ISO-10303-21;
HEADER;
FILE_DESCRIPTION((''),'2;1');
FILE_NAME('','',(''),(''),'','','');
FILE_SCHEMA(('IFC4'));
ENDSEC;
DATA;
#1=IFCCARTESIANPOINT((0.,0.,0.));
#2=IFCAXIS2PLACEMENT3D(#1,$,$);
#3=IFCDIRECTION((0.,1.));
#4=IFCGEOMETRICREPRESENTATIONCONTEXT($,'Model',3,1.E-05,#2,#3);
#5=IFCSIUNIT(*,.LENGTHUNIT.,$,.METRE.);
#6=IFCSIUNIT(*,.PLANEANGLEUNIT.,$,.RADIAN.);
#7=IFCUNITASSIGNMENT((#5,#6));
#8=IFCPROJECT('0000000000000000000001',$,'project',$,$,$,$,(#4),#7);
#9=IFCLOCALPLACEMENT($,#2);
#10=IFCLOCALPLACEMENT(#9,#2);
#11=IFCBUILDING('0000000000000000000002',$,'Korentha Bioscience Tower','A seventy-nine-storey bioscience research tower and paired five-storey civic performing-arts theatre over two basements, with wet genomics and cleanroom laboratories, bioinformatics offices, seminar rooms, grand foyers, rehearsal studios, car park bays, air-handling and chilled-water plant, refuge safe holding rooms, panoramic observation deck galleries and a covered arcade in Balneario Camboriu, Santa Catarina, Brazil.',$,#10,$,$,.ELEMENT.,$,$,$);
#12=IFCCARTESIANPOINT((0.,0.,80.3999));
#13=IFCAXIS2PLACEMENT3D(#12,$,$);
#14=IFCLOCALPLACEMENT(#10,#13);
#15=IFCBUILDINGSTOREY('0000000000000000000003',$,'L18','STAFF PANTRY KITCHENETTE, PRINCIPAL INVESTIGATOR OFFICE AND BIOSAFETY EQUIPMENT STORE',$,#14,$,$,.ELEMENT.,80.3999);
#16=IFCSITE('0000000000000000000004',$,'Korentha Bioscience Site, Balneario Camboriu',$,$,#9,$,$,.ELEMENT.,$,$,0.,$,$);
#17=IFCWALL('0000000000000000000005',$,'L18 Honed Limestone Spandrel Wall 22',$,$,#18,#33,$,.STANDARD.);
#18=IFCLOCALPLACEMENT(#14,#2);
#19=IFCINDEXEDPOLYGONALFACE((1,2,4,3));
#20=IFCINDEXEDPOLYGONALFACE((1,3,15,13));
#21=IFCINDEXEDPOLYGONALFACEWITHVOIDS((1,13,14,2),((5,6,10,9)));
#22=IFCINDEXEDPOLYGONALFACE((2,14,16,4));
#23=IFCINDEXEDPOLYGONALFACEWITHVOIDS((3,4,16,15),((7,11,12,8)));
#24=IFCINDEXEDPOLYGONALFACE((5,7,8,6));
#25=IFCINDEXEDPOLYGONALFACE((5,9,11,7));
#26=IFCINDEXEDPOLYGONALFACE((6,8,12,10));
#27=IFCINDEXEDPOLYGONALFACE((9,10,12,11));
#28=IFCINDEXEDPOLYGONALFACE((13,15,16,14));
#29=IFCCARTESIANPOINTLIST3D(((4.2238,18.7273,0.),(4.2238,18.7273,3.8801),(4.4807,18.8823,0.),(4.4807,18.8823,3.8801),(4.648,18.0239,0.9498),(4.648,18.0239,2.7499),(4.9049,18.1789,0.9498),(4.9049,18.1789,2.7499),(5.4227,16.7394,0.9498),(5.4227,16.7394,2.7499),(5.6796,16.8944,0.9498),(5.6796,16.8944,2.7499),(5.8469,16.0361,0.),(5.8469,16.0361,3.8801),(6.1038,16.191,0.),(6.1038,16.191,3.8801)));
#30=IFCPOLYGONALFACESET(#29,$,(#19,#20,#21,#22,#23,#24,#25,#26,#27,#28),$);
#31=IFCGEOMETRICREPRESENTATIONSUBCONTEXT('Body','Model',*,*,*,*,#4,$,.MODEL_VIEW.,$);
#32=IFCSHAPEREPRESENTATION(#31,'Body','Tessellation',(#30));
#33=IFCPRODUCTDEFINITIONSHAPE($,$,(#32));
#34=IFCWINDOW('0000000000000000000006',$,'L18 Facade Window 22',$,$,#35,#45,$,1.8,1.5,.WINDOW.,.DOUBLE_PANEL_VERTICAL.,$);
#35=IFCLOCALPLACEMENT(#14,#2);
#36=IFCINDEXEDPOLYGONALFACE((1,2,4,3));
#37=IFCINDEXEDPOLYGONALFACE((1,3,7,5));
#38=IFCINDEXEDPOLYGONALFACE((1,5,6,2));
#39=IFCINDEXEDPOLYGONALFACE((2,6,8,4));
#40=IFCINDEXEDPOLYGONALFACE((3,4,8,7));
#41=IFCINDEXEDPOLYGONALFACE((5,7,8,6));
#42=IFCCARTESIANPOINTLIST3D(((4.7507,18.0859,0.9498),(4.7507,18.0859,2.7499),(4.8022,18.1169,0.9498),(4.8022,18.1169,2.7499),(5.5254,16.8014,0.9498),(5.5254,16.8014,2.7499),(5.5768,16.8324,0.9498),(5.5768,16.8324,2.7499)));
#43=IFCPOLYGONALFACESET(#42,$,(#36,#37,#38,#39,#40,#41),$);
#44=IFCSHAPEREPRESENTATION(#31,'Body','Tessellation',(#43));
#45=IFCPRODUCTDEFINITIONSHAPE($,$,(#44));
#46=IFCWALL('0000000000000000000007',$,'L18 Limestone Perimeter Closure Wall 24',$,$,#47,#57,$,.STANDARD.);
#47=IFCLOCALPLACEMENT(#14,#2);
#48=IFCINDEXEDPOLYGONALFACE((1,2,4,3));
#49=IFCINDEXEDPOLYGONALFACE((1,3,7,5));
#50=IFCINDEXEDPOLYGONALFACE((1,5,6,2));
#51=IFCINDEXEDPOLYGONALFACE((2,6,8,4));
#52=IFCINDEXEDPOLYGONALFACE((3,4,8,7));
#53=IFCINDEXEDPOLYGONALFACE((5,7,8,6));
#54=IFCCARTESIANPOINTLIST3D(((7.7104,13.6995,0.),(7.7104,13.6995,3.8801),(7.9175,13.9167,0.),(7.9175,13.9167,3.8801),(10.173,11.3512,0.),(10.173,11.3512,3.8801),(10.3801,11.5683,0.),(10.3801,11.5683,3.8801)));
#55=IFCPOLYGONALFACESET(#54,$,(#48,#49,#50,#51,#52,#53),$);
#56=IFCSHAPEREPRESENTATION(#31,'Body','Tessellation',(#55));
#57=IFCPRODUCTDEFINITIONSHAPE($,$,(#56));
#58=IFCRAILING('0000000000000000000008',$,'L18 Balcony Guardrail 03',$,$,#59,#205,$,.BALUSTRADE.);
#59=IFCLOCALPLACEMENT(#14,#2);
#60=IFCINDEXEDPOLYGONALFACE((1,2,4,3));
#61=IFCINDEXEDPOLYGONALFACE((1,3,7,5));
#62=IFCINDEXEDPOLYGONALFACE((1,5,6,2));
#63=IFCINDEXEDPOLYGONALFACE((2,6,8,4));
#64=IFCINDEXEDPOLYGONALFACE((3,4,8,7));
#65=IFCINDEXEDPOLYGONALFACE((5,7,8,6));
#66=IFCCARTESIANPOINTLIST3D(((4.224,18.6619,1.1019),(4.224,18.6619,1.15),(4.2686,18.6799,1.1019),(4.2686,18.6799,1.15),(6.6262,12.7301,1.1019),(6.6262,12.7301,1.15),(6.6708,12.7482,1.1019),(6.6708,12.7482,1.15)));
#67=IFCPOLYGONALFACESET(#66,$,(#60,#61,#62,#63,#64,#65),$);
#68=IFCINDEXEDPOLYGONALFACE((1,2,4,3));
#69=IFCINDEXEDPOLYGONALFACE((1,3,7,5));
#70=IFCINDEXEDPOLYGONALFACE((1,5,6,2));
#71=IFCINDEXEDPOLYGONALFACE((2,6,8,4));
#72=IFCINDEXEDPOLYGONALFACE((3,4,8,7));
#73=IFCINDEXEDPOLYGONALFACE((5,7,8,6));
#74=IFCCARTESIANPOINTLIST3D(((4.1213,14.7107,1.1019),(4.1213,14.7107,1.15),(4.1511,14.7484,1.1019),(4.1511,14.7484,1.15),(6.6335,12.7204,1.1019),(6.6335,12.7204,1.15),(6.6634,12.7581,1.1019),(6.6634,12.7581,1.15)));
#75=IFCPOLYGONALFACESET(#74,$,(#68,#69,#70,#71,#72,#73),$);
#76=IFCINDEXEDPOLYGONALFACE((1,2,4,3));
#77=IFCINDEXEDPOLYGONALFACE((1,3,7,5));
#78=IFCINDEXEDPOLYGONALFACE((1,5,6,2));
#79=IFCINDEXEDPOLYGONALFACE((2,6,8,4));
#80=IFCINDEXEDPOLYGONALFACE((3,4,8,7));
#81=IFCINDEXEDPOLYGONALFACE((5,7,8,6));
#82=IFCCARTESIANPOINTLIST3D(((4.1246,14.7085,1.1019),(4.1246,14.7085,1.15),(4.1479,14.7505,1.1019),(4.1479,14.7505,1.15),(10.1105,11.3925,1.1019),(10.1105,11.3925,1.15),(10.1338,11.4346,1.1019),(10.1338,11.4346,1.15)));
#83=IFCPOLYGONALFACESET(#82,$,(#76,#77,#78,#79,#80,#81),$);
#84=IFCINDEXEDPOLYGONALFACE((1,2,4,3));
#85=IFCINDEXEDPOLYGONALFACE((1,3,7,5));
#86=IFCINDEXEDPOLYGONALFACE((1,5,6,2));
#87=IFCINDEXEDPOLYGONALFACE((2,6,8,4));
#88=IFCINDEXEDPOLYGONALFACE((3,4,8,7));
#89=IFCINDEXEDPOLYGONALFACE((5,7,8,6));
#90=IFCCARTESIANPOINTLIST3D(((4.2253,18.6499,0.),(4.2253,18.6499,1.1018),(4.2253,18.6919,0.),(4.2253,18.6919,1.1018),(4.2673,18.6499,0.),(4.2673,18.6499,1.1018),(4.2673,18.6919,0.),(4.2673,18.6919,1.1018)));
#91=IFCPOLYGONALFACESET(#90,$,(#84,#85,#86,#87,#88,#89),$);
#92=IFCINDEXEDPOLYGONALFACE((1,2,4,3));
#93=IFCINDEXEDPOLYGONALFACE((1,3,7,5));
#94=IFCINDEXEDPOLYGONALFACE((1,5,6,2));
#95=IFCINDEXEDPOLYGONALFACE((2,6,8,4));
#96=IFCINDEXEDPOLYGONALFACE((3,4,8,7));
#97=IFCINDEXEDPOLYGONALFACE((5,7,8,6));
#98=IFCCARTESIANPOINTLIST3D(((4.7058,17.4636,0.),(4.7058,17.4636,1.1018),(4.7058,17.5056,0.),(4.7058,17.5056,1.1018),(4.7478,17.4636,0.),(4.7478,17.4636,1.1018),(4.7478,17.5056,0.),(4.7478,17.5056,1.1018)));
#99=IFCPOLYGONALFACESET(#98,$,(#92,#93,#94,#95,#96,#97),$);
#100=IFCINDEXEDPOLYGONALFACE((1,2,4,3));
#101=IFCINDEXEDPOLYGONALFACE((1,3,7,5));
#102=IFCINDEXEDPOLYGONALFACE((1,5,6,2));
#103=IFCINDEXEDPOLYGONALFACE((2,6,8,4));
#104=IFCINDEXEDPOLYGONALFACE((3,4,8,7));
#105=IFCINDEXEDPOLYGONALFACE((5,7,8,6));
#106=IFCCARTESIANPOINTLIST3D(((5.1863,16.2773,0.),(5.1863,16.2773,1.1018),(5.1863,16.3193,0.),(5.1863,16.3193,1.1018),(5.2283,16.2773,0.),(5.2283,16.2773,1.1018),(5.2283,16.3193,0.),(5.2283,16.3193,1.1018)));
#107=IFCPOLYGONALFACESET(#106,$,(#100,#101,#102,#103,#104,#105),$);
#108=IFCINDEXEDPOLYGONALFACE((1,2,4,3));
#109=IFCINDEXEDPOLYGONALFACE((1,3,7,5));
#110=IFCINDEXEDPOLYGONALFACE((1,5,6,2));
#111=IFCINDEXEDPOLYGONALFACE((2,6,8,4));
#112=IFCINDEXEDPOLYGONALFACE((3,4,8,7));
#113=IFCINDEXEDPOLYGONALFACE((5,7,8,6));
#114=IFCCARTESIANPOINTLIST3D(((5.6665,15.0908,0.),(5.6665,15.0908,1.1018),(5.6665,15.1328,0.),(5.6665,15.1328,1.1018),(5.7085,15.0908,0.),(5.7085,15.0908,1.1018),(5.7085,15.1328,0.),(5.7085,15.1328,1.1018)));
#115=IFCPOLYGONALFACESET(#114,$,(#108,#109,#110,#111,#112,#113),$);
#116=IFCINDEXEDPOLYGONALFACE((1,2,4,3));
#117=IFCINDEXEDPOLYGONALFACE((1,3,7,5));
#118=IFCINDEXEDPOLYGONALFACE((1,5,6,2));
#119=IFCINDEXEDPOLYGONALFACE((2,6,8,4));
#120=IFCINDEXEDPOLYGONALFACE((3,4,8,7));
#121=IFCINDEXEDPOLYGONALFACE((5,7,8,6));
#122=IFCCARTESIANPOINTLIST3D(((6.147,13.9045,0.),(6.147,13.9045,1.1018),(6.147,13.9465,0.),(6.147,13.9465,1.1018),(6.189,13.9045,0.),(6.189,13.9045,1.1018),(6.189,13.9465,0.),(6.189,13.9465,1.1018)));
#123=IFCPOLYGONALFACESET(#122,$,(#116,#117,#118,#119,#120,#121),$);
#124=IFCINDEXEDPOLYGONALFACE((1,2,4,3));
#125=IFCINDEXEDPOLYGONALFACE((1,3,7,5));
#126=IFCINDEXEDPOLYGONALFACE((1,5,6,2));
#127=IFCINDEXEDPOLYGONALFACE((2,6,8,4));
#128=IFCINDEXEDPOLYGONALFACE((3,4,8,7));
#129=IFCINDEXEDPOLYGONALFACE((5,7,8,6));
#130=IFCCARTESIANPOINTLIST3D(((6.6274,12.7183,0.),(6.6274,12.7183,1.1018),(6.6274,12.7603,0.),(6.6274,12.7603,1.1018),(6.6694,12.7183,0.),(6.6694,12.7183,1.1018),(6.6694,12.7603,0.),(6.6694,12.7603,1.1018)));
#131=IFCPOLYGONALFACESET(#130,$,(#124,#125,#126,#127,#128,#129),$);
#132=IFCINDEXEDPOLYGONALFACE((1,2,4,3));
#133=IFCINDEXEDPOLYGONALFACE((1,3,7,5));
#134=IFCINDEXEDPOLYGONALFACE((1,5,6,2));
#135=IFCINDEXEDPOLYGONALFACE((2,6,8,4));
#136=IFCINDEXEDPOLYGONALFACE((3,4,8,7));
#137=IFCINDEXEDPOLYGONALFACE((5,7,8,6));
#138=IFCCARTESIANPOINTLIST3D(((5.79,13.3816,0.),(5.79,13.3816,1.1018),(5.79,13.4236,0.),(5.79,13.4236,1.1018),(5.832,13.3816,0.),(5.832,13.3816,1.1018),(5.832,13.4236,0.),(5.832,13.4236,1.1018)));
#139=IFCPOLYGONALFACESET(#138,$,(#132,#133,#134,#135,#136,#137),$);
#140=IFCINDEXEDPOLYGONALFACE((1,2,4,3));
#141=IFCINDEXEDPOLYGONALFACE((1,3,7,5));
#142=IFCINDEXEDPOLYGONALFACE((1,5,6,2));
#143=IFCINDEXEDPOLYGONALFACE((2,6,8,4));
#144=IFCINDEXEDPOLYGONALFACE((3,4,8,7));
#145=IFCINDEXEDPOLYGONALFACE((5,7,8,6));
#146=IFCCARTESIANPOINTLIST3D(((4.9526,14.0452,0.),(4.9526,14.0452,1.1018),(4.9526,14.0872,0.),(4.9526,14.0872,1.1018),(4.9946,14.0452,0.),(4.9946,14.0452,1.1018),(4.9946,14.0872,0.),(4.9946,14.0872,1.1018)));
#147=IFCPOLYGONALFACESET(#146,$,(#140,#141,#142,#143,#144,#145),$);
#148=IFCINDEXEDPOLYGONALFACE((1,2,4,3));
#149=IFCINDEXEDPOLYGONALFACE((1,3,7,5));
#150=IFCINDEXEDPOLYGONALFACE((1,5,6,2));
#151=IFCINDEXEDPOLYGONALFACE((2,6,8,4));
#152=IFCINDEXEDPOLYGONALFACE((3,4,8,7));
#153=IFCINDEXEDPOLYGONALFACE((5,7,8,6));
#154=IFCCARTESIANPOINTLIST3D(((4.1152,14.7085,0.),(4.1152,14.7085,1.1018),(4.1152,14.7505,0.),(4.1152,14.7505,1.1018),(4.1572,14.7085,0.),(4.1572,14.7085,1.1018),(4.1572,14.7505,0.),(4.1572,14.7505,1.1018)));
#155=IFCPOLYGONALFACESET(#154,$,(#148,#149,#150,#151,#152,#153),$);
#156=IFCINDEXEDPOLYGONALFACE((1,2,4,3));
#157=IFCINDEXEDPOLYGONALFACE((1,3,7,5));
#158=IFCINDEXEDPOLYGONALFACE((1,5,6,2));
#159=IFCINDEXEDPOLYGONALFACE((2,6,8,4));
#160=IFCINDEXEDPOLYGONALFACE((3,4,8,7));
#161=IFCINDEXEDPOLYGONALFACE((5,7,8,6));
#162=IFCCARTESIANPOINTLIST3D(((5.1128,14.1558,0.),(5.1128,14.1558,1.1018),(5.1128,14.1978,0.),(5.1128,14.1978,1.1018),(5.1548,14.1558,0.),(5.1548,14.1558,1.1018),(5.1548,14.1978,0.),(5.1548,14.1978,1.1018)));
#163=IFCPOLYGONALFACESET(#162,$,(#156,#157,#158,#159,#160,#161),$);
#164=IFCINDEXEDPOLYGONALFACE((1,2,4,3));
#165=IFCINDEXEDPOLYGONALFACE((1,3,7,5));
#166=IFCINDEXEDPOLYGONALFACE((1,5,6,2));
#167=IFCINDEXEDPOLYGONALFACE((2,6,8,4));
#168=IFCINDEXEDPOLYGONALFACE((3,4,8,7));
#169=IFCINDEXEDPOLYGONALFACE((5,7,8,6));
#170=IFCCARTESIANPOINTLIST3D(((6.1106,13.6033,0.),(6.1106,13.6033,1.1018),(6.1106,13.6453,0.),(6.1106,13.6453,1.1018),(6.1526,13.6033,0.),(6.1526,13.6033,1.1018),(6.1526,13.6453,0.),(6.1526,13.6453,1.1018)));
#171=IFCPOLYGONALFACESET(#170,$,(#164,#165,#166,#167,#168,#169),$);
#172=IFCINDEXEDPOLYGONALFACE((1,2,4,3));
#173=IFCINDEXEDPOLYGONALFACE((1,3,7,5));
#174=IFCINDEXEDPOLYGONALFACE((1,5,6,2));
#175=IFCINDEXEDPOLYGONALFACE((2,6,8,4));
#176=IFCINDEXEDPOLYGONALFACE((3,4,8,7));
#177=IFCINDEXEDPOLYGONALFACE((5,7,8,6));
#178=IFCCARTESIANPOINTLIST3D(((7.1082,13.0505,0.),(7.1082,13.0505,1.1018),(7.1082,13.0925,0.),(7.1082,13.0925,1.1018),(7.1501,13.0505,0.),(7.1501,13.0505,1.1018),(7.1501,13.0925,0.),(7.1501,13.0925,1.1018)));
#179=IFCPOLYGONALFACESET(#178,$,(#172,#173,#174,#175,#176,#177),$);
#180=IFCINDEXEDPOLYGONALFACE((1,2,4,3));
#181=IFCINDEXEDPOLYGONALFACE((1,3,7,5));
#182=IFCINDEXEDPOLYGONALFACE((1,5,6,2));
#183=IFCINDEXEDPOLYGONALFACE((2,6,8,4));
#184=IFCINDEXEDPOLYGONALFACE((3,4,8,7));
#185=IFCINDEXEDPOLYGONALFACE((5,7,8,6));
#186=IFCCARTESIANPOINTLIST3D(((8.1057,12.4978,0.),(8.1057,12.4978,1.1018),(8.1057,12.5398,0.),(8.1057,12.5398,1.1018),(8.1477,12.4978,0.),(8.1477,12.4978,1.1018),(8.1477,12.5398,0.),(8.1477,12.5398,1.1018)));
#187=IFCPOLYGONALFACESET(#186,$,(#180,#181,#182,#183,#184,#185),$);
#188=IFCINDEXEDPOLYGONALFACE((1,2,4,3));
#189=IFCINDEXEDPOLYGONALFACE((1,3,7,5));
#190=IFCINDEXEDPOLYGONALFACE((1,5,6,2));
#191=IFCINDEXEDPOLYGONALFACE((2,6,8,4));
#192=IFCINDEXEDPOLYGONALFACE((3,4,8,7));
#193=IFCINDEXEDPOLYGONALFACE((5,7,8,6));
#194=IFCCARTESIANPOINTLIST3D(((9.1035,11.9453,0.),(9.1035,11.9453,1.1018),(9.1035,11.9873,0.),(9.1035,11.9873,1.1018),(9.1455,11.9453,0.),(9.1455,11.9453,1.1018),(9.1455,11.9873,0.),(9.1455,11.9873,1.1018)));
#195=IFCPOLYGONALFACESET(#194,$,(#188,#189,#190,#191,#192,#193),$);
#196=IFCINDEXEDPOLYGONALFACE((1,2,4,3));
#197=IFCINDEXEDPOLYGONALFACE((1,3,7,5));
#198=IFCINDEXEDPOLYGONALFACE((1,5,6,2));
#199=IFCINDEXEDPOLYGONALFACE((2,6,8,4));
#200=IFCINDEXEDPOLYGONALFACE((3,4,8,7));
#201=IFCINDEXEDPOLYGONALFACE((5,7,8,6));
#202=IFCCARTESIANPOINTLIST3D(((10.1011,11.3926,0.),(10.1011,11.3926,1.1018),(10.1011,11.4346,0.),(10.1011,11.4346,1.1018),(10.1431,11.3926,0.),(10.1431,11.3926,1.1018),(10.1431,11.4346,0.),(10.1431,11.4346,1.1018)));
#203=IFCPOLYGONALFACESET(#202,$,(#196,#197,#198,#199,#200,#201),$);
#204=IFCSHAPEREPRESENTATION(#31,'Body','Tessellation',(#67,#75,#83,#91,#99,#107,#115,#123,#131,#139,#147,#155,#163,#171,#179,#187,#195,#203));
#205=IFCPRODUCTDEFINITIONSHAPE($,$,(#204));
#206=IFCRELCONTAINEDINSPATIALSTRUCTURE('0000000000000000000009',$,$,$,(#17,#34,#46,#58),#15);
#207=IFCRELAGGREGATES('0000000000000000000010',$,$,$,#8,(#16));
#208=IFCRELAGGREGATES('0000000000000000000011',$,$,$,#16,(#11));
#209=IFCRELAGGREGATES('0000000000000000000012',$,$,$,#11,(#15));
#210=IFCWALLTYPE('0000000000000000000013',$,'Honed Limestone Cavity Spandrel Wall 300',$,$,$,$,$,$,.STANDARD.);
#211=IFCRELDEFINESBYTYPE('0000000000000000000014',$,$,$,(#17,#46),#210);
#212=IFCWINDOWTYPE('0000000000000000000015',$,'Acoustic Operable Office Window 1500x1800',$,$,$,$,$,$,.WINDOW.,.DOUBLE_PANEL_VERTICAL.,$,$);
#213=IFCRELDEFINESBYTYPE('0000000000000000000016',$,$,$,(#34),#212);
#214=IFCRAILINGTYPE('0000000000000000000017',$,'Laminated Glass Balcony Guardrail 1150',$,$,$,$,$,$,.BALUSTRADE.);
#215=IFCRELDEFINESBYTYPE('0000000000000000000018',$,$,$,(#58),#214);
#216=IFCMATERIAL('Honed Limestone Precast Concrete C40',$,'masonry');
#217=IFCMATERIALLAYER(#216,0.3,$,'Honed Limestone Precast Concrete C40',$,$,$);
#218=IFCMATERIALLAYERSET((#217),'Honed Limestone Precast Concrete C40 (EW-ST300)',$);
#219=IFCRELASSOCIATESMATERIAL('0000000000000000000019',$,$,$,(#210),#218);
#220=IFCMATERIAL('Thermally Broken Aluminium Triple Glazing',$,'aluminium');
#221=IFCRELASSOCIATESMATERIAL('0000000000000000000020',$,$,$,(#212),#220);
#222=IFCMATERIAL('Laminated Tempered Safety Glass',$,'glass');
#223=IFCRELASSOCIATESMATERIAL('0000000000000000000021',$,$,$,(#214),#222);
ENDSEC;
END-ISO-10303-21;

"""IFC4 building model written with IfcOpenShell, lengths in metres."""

from ifc_helpers import new_model, si_unit, direction, frame, frame_2d, origin, origin_2d, place, context, subcontext, project, spatial, rectangle, extrude, material, layer, layer_set, type_object, element, fill, save


model = new_model("IFC4")

# Units and contexts
model_context = context("Model", 3, precision=1e-05, world=origin(), true_north=direction((0.0, 1.0)))
body_context = subcontext(model_context, "Body", "Model", "MODEL_VIEW")
ifc_project = project(units=[si_unit("LENGTHUNIT", "METRE"), si_unit("PLANEANGLEUNIT", "RADIAN")], contexts=[model_context])

# Site, building, storey
site_placement = place(None, origin())
site = spatial("IfcSite", under=ifc_project, at=site_placement, Name="Korentha Bioscience Site, Balneario Camboriu", CompositionType="ELEMENT", RefElevation=0.0)
building_placement = place(site_placement, origin())
building = spatial("IfcBuilding", under=site, at=building_placement, Name="Korentha Bioscience Tower", Description="A seventy-nine-storey bioscience research tower and paired five-storey civic performing-arts theatre over two basements, with wet genomics and cleanroom laboratories, bioinformatics offices, seminar rooms, grand foyers, rehearsal studios, car park bays, air-handling and chilled-water plant, refuge safe holding rooms, panoramic observation deck galleries and a covered arcade in Balneario Camboriu, Santa Catarina, Brazil.", CompositionType="ELEMENT")
storey_placement = place(building_placement, frame((0.0, 0.0, 80.3999)))
storey = spatial("IfcBuildingStorey", under=building, at=storey_placement, Name="L18", Description="STAFF PANTRY KITCHENETTE, PRINCIPAL INVESTIGATOR OFFICE AND BIOSAFETY EQUIPMENT STORE", CompositionType="ELEMENT", Elevation=80.3999)

# Wall, opening, window
ifc_material_1 = material(Name="Honed Limestone Precast Concrete C40", Category="masonry")
ifc_layer_1 = layer(ifc_material_1, 0.3, Name="Honed Limestone Precast Concrete C40")
ifc_layer_set_1 = layer_set([ifc_layer_1], Name="Honed Limestone Precast Concrete C40 (EW-ST300)")
wall_type_1 = type_object("IfcWallType", Name="Honed Limestone Cavity Spandrel Wall 300", PredefinedType="STANDARD", material=ifc_layer_set_1)
wall_1_placement = place(storey_placement, frame((4.3523, 18.8047, 0.0), z_axis=(0.0, 0.0, 1.0), x_axis=(0.516448, -0.856319, 0.0)))
wall_1 = element("IfcWall", 1, at=wall_1_placement, inside=storey, type_object=wall_type_1, Name="L18 Honed Limestone Spandrel Wall 22", PredefinedType="STANDARD", context=body_context, shape_type="SweptSolid", body=[
    extrude(rectangle(XDim=3.1428, YDim=0.3, at=frame_2d((1.5713, 0.0))), origin(), (0.0, 0.0, 1.0), 3.8801),
])
opening_1_placement = place(wall_1_placement, frame((0.8213, 0.0, 0.95)))
opening_1 = element("IfcOpeningElement", 2, at=opening_1_placement, cuts=wall_1, PredefinedType="OPENING", context=body_context, shape_type="SweptSolid", body=[
    extrude(rectangle(XDim=1.5, YDim=1.8, at=frame_2d((0.75, 0.8999))), frame((0.0, 0.165, 0.0), z_axis=(0.0, -1.0, 0.0), x_axis=(1.0, 0.0, 0.0)), (0.0, 0.0, 1.0), 0.3298),
])
ifc_material_2 = material(Name="Thermally Broken Aluminium Triple Glazing", Category="aluminium")
window_type = type_object("IfcWindowType", Name="Acoustic Operable Office Window 1500x1800", PartitioningType="DOUBLE_PANEL_VERTICAL", PredefinedType="WINDOW", material=ifc_material_2)
window_placement = place(opening_1_placement, origin())
window = element("IfcWindow", 3, at=window_placement, inside=storey, type_object=window_type, Name="L18 Facade Window 22", OverallHeight=1.8, OverallWidth=1.5, PartitioningType="DOUBLE_PANEL_VERTICAL", PredefinedType="WINDOW", context=body_context, shape_type="SweptSolid", body=[
    extrude(rectangle(XDim=1.5, YDim=1.8, at=frame_2d((0.75, 0.8999))), frame((0.0, 0.03, 0.0), z_axis=(0.0, -1.0, 0.0), x_axis=(1.0, 0.0, 0.0)), (0.0, 0.0, 1.0), 0.0601),
])
fill(opening_1, window)

# Wall
wall_2_placement = place(storey_placement, frame((7.814, 13.8081, 0.0), z_axis=(0.0, 0.0, 1.0), x_axis=(0.723696, -0.690119, 0.0)))
element("IfcWall", 4, at=wall_2_placement, inside=storey, type_object=wall_type_1, Name="L18 Limestone Perimeter Closure Wall 24", PredefinedType="STANDARD", context=body_context, shape_type="SweptSolid", body=[
    extrude(rectangle(XDim=3.4028, YDim=0.3, at=frame_2d((1.7014, 0.0))), origin(), (0.0, 0.0, 1.0), 3.8801),
])

# Railing
ifc_material_3 = material(Name="Laminated Tempered Safety Glass", Category="glass")
railing_type = type_object("IfcRailingType", Name="Laminated Glass Balcony Guardrail 1150", PredefinedType="BALUSTRADE", material=ifc_material_3)
railing_placement = place(storey_placement, frame((4.2463, 18.6709, 0.0)))
element("IfcRailing", 5, at=railing_placement, inside=storey, type_object=railing_type, Name="L18 Balcony Guardrail 03", PredefinedType="BALUSTRADE", context=body_context, shape_type="SweptSolid", body=[
    extrude(rectangle(XDim=0.0481, YDim=0.0481, at=origin_2d()), frame((0.0, 0.0, 1.126), z_axis=(0.375354, -0.926882, 0.0), x_axis=(0.926882, 0.375354, 0.0)), (0.0, 0.0, 1.0), 6.3997),
    extrude(rectangle(XDim=0.0481, YDim=0.0481, at=origin_2d()), frame((2.4021, -5.9316, 1.126), z_axis=(-0.783833, 0.620972, 0.0), x_axis=(-0.620972, -0.783833, 0.0)), (0.0, 0.0, 1.0), 3.2051),
    extrude(rectangle(XDim=0.0481, YDim=0.0481, at=origin_2d()), frame((-0.1101, -3.9414, 1.126), z_axis=(0.874749, -0.484576, 0.0), x_axis=(0.484576, 0.874749, 0.0)), (0.0, 0.0, 1.0), 6.843),
    extrude(rectangle(XDim=0.042, YDim=0.042, at=origin_2d()), origin(), (0.0, 0.0, 1.0), 1.1018),
    extrude(rectangle(XDim=0.042, YDim=0.042, at=origin_2d()), frame((0.4805, -1.1863, 0.0)), (0.0, 0.0, 1.0), 1.1018),
    extrude(rectangle(XDim=0.042, YDim=0.042, at=origin_2d()), frame((0.9609, -2.3726, 0.0)), (0.0, 0.0, 1.0), 1.1018),
    extrude(rectangle(XDim=0.042, YDim=0.042, at=origin_2d()), frame((1.4412, -3.5591, 0.0)), (0.0, 0.0, 1.0), 1.1018),
    extrude(rectangle(XDim=0.042, YDim=0.042, at=origin_2d()), frame((1.9216, -4.7454, 0.0)), (0.0, 0.0, 1.0), 1.1018),
    extrude(rectangle(XDim=0.042, YDim=0.042, at=origin_2d()), frame((2.4021, -5.9316, 0.0)), (0.0, 0.0, 1.0), 1.1018),
    extrude(rectangle(XDim=0.042, YDim=0.042, at=origin_2d()), frame((1.5647, -5.2683, 0.0)), (0.0, 0.0, 1.0), 1.1018),
    extrude(rectangle(XDim=0.042, YDim=0.042, at=origin_2d()), frame((0.7273, -4.6047, 0.0)), (0.0, 0.0, 1.0), 1.1018),
    extrude(rectangle(XDim=0.042, YDim=0.042, at=origin_2d()), frame((-0.1101, -3.9414, 0.0)), (0.0, 0.0, 1.0), 1.1018),
    extrude(rectangle(XDim=0.042, YDim=0.042, at=origin_2d()), frame((0.8875, -4.4941, 0.0)), (0.0, 0.0, 1.0), 1.1018),
    extrude(rectangle(XDim=0.042, YDim=0.042, at=origin_2d()), frame((1.8853, -5.0466, 0.0)), (0.0, 0.0, 1.0), 1.1018),
    extrude(rectangle(XDim=0.042, YDim=0.042, at=origin_2d()), frame((2.8828, -5.5994, 0.0)), (0.0, 0.0, 1.0), 1.1018),
    extrude(rectangle(XDim=0.042, YDim=0.042, at=origin_2d()), frame((3.8804, -6.1521, 0.0)), (0.0, 0.0, 1.0), 1.1018),
    extrude(rectangle(XDim=0.042, YDim=0.042, at=origin_2d()), frame((4.8782, -6.7046, 0.0)), (0.0, 0.0, 1.0), 1.1018),
    extrude(rectangle(XDim=0.042, YDim=0.042, at=origin_2d()), frame((5.8757, -7.2573, 0.0)), (0.0, 0.0, 1.0), 1.1018),
])

save(model, "model.ifc")
